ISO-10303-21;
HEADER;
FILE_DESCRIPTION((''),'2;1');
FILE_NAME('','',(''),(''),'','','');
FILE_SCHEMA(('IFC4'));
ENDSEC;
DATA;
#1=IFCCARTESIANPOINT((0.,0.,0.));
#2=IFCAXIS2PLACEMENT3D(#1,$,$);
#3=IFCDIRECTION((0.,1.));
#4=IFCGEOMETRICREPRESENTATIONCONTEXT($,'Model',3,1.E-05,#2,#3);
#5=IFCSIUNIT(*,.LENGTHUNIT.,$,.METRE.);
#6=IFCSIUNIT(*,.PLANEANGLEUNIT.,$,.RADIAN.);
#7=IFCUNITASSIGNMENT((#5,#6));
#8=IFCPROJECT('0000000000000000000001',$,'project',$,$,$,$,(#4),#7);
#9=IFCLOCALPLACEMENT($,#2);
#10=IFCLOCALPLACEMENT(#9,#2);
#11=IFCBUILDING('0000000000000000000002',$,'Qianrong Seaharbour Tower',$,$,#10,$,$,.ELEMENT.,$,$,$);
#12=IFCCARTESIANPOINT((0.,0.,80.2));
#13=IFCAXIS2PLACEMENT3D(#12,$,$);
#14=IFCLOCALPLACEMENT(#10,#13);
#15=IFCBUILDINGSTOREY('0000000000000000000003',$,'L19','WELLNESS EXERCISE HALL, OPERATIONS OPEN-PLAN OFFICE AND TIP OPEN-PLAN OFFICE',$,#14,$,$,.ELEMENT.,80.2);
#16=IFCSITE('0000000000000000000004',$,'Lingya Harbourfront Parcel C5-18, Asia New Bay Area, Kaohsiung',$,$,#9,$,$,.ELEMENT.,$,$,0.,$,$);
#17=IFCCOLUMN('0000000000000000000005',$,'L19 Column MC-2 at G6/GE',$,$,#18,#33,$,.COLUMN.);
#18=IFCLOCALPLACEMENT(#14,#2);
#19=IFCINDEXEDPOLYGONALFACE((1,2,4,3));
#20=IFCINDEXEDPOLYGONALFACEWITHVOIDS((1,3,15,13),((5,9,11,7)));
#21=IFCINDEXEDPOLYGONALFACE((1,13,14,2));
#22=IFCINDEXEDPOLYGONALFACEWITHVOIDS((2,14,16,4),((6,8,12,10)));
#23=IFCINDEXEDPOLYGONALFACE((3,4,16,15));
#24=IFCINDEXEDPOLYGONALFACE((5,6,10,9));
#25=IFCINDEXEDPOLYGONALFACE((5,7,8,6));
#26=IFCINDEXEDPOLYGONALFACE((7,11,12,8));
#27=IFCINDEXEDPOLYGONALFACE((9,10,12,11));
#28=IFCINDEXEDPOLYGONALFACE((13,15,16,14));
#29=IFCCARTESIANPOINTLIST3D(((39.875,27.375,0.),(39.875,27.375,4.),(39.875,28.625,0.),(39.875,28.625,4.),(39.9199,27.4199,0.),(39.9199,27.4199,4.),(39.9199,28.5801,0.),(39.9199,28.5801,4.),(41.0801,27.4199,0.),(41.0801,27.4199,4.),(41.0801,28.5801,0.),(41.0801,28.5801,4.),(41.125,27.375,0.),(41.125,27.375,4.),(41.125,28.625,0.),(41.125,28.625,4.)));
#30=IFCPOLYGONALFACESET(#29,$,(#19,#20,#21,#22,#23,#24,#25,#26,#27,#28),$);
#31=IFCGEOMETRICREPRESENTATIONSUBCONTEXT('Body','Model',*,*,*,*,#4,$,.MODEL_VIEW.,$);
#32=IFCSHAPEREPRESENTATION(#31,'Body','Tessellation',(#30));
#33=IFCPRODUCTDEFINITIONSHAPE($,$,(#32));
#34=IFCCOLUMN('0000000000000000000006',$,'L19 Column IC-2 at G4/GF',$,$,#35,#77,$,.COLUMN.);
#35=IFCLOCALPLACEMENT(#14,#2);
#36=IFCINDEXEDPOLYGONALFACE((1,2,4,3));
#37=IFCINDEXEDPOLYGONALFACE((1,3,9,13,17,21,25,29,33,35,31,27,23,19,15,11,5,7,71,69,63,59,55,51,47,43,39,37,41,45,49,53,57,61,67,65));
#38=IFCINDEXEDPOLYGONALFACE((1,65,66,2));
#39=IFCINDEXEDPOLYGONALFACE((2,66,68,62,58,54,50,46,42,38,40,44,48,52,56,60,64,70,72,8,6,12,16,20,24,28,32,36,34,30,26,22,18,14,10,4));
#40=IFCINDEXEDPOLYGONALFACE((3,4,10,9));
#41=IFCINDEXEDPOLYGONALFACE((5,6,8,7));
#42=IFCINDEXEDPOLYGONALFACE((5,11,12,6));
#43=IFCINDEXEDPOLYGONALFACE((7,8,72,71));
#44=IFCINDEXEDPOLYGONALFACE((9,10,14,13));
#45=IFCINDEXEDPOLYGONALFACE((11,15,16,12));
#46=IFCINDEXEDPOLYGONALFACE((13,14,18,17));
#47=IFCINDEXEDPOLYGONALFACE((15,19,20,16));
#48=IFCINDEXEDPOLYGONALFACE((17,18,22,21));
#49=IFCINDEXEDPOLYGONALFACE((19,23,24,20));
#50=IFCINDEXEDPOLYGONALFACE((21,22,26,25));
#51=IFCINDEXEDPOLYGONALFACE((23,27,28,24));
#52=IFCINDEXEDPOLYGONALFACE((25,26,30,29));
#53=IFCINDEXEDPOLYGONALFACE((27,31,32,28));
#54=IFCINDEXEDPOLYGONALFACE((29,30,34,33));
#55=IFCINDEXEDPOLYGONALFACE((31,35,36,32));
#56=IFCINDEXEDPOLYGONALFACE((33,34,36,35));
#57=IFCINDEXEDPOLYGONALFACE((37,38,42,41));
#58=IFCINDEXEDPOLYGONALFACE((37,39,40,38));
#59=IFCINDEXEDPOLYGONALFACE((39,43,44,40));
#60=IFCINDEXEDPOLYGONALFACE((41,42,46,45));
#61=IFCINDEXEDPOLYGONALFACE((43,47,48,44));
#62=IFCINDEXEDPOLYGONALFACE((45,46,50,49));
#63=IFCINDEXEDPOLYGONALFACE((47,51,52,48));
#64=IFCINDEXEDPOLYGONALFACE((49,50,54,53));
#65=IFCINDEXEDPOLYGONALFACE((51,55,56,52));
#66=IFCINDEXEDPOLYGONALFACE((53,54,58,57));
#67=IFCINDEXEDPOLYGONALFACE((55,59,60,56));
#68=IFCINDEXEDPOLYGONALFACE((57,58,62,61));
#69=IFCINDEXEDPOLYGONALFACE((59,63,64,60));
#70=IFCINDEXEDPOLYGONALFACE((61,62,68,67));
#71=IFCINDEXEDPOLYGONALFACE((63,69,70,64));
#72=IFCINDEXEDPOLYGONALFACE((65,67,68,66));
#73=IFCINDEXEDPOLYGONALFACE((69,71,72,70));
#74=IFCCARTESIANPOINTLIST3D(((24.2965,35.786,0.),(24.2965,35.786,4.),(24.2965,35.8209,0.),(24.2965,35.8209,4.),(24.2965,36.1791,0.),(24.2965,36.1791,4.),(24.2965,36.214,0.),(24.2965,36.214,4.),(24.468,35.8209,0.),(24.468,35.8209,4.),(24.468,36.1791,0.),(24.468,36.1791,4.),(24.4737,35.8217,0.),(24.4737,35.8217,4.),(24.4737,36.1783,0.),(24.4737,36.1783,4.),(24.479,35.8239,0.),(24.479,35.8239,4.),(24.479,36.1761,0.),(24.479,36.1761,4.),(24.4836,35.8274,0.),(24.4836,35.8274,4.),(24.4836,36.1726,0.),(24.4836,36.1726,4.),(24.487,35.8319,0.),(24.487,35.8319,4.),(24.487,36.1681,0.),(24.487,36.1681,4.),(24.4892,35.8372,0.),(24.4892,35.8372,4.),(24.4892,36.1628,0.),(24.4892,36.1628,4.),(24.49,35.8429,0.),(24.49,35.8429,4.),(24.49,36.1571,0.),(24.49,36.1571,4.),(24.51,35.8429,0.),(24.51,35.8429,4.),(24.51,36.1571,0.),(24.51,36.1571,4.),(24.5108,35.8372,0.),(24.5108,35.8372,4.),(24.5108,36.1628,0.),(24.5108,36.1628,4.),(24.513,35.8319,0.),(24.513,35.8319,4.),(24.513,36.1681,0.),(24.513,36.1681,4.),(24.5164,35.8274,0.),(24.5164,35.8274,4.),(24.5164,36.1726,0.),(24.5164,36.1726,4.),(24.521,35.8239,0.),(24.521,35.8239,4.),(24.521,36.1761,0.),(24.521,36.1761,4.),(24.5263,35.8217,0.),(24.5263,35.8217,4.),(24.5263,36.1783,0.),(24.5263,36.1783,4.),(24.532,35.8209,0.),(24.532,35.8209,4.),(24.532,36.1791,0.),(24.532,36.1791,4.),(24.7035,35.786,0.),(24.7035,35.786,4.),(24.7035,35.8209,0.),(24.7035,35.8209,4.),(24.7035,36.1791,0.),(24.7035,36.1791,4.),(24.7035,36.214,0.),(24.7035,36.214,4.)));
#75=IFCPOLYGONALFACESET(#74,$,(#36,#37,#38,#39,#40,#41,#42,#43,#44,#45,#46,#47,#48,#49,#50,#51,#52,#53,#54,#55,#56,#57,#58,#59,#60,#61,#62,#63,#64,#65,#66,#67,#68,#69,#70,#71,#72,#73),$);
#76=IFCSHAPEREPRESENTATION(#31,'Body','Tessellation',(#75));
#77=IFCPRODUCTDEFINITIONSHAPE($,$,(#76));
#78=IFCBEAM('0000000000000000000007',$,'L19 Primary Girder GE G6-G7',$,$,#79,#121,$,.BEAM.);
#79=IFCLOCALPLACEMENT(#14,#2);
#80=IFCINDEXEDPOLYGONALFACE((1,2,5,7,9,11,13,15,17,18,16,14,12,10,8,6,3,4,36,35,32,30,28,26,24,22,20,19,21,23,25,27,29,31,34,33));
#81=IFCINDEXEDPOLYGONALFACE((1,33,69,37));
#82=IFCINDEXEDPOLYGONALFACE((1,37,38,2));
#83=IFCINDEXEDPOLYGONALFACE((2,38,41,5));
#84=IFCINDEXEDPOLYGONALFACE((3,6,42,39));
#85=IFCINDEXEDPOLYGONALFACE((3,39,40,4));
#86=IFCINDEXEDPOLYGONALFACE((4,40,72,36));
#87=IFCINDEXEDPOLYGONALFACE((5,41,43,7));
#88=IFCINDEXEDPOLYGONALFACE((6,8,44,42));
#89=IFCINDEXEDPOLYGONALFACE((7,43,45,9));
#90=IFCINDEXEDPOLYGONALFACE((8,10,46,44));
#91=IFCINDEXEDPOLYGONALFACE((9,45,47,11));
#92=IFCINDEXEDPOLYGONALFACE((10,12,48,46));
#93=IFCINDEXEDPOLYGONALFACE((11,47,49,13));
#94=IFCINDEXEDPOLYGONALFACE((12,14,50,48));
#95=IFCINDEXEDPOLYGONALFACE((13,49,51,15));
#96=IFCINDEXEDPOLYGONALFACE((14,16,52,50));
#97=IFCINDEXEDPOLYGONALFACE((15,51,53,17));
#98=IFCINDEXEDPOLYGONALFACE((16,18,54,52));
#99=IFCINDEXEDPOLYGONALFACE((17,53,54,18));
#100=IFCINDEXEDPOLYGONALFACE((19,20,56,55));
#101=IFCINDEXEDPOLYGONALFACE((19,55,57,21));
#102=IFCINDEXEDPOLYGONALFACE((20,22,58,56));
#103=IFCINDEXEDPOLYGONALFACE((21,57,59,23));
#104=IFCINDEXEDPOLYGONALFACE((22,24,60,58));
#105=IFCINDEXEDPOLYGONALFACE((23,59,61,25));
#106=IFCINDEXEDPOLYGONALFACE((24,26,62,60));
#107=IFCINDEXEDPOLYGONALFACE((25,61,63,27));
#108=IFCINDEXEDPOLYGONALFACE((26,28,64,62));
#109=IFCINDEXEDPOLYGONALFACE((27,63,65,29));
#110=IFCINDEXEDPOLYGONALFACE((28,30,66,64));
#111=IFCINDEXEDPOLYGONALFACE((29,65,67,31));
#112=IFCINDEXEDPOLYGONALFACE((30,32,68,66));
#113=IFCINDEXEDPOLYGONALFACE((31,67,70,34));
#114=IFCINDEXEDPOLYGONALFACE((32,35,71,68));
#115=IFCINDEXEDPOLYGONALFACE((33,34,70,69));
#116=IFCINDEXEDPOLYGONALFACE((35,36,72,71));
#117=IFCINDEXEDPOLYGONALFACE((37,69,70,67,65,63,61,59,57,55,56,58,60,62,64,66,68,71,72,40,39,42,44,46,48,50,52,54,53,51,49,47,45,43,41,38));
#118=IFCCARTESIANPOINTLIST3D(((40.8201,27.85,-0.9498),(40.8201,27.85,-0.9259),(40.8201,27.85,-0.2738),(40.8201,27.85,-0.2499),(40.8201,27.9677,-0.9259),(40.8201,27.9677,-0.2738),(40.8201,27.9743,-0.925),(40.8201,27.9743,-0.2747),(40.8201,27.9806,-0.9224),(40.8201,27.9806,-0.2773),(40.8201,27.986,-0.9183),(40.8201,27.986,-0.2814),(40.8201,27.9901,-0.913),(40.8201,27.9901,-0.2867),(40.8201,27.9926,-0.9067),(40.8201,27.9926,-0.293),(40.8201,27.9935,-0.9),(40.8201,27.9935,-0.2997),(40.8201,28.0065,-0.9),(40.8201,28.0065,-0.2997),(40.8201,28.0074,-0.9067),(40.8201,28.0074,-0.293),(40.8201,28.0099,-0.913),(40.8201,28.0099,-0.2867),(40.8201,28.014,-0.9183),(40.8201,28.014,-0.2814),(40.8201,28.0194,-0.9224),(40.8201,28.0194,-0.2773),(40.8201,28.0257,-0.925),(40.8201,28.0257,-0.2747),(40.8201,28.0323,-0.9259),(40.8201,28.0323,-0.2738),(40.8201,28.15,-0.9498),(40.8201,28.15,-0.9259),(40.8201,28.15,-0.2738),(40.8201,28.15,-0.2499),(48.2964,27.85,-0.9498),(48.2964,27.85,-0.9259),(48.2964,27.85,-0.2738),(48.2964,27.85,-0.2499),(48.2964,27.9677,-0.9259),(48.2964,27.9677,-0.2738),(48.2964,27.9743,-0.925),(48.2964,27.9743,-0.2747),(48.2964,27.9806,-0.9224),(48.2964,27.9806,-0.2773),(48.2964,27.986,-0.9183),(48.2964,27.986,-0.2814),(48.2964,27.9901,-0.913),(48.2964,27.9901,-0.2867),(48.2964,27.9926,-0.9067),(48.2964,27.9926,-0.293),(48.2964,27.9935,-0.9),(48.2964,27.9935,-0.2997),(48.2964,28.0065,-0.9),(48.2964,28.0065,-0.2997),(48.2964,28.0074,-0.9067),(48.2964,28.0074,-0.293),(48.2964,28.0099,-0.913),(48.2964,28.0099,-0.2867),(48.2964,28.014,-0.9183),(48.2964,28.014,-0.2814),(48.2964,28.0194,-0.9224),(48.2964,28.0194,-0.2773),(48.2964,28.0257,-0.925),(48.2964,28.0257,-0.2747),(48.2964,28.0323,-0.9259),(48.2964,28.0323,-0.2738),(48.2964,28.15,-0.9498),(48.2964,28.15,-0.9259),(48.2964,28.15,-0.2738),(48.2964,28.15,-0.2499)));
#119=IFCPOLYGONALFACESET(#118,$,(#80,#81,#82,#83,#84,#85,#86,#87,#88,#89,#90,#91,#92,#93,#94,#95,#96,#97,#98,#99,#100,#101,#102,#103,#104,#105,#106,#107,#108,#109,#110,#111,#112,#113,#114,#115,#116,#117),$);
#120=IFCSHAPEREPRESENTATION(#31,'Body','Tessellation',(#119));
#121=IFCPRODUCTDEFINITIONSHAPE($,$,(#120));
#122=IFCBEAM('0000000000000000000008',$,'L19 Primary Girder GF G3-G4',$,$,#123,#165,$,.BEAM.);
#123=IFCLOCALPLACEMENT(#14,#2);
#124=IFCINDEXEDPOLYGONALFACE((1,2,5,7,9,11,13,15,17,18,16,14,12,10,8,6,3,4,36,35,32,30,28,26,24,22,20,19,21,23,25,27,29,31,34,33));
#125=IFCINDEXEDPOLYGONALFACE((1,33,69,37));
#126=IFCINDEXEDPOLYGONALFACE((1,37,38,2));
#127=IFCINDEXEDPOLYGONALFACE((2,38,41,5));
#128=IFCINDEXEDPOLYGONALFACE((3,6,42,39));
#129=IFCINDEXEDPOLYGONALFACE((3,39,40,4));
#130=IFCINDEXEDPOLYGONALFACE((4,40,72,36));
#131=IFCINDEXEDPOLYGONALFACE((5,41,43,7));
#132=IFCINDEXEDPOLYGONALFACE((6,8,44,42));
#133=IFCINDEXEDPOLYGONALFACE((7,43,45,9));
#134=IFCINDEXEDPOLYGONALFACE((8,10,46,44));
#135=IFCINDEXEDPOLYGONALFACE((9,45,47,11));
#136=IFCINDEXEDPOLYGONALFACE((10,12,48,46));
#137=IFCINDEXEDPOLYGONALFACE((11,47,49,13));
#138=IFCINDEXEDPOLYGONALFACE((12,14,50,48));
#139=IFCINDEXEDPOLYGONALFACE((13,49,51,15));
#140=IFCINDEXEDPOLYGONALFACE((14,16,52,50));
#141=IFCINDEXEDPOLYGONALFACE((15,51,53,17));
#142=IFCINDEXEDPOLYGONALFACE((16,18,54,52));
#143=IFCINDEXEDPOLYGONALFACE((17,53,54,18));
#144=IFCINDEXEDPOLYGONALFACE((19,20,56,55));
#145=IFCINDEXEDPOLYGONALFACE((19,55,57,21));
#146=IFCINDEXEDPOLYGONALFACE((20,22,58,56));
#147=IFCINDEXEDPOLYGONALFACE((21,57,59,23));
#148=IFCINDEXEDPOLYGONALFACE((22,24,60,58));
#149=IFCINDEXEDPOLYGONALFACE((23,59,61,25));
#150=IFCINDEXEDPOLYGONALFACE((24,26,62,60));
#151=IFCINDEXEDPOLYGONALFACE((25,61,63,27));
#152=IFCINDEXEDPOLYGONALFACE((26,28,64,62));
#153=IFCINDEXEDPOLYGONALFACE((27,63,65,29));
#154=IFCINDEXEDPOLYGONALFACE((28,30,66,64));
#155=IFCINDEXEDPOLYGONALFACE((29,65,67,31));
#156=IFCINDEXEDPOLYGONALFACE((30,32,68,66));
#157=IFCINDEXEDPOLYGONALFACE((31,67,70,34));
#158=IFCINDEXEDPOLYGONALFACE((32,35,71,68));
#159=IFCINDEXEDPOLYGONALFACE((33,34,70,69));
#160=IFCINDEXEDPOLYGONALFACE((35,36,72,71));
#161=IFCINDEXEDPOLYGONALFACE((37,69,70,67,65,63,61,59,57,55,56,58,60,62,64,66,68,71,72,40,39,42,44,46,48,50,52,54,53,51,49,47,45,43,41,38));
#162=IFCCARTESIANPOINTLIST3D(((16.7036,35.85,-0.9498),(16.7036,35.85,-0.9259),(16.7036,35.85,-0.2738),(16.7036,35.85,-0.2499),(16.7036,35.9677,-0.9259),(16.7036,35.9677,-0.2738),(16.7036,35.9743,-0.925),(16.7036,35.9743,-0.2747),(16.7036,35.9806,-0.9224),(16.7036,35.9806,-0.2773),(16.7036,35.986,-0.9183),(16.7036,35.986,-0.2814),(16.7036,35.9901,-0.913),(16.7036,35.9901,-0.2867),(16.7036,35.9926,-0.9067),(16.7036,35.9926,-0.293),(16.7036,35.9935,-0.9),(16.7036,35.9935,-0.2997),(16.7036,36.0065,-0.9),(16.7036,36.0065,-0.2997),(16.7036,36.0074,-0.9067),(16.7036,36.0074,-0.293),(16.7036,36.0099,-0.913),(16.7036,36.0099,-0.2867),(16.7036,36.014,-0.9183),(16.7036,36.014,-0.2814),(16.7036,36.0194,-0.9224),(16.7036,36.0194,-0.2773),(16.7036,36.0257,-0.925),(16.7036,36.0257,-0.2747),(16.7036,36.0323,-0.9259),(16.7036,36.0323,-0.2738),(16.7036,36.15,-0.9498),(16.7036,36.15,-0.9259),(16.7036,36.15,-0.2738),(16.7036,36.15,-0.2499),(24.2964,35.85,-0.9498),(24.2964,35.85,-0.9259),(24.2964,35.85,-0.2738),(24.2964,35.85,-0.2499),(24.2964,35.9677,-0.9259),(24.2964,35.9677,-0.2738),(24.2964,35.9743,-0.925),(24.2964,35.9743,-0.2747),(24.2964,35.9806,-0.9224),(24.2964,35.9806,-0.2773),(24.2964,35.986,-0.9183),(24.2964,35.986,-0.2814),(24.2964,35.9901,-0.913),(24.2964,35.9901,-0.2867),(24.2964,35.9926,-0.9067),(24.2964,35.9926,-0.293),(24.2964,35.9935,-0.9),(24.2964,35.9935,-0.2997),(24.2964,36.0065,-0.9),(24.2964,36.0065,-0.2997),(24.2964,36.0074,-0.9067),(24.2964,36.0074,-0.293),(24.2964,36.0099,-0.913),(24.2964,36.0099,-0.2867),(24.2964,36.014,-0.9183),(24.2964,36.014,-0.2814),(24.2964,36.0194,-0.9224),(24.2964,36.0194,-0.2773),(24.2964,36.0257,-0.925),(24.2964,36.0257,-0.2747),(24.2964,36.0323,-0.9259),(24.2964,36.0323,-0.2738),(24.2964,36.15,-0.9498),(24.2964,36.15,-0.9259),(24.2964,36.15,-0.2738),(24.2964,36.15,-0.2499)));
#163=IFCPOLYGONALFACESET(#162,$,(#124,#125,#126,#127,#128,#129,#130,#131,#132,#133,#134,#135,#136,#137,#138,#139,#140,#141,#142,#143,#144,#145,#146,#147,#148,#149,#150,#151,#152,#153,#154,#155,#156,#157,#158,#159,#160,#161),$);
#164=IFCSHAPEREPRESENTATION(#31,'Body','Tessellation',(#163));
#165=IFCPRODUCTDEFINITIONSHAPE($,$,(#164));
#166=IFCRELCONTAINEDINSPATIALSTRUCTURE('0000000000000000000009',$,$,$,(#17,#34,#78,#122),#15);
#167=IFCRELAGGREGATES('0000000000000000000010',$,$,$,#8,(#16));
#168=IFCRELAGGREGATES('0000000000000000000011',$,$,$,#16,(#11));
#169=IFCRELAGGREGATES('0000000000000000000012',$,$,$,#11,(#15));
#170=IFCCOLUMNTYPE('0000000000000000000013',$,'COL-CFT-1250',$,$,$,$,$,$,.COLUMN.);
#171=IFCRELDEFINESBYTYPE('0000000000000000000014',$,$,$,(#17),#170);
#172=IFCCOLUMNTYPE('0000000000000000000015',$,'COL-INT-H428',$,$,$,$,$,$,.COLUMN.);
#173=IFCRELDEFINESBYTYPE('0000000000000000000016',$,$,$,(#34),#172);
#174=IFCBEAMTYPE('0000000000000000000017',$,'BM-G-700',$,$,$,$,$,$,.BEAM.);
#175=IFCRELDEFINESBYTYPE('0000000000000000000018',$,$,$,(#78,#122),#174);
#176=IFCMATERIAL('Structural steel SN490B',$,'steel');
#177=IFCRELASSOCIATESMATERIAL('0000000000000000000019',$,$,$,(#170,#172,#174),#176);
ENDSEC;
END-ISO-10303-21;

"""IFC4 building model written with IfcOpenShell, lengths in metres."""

from ifc_helpers import new_model, si_unit, direction, frame, origin, origin_2d, place, context, subcontext, project, spatial, hollow_rectangle, i_section, extrude, material, material_profile, profile_set, type_object, element, save


model = new_model("IFC4")

# Units and contexts
model_context = context("Model", 3, precision=1e-05, world=origin(), true_north=direction((0.0, 1.0)))
body_context = subcontext(model_context, "Body", "Model", "MODEL_VIEW")
ifc_project = project(units=[si_unit("LENGTHUNIT", "METRE"), si_unit("PLANEANGLEUNIT", "RADIAN")], contexts=[model_context])

# Site, building, storey
site_placement = place(None, origin())
site = spatial("IfcSite", under=ifc_project, at=site_placement, Name="Lingya Harbourfront Parcel C5-18, Asia New Bay Area, Kaohsiung", CompositionType="ELEMENT", RefElevation=0.0)
building_placement = place(site_placement, origin())
building = spatial("IfcBuilding", under=site, at=building_placement, Name="Qianrong Seaharbour Tower", CompositionType="ELEMENT")
storey_placement = place(building_placement, frame((0.0, 0.0, 80.2)))
storey = spatial("IfcBuildingStorey", under=building, at=storey_placement, Name="L19", Description="WELLNESS EXERCISE HALL, OPERATIONS OPEN-PLAN OFFICE AND TIP OPEN-PLAN OFFICE", CompositionType="ELEMENT", Elevation=80.2)

# Columns
ifc_material_1 = material(Name="Structural steel SN490B", Category="steel")
ifc_material_profile_1 = material_profile(ifc_material_1, hollow_rectangle(XDim=1.25, YDim=1.25, WallThickness=0.0449, at=origin_2d()), Name="BOX1250x1250x45")
ifc_profile_set_1 = profile_set([ifc_material_profile_1], Name="Structural steel SN490B")
column_type_1 = type_object("IfcColumnType", Name="COL-CFT-1250", PredefinedType="COLUMN", material=ifc_profile_set_1)
column_1_placement = place(storey_placement, frame((40.5, 28.0, 0.0), z_axis=(0.0, 0.0, 1.0), x_axis=(1.0, 0.0, 0.0)))
element("IfcColumn", 1, at=column_1_placement, inside=storey, type_object=column_type_1, Name="L19 Column MC-2 at G6/GE", PredefinedType="COLUMN", context=body_context, shape_type="SweptSolid", body=[
    extrude(hollow_rectangle(XDim=1.25, YDim=1.25, WallThickness=0.0449, at=origin_2d()), origin(), (0.0, 0.0, 1.0), 4.0),
])
ifc_material_profile_2 = material_profile(ifc_material_1, i_section(OverallWidth=0.407, OverallDepth=0.428, WebThickness=0.02, FlangeThickness=0.0349, FilletRadius=0.022, at=origin_2d()), Name="H428x407x20x35")
ifc_profile_set_2 = profile_set([ifc_material_profile_2], Name="Structural steel SN490B")
column_type_2 = type_object("IfcColumnType", Name="COL-INT-H428", PredefinedType="COLUMN", material=ifc_profile_set_2)
column_2_placement = place(storey_placement, frame((24.5, 36.0, 0.0), z_axis=(0.0, 0.0, 1.0), x_axis=(1.0, 0.0, 0.0)))
element("IfcColumn", 2, at=column_2_placement, inside=storey, type_object=column_type_2, Name="L19 Column IC-2 at G4/GF", PredefinedType="COLUMN", context=body_context, shape_type="SweptSolid", body=[
    extrude(i_section(OverallWidth=0.407, OverallDepth=0.428, WebThickness=0.02, FlangeThickness=0.0349, FilletRadius=0.022, at=origin_2d()), origin(), (0.0, 0.0, 1.0), 4.0),
])

# Beams
ifc_material_profile_3 = material_profile(ifc_material_1, i_section(OverallWidth=0.3, OverallDepth=0.7, WebThickness=0.0129, FlangeThickness=0.0239, FilletRadius=0.0259, at=origin_2d()), Name="H700x300x13x24")
ifc_profile_set_3 = profile_set([ifc_material_profile_3], Name="Structural steel SN490B")
beam_type_1 = type_object("IfcBeamType", Name="BM-G-700", PredefinedType="BEAM", material=ifc_profile_set_3)
beam_1_placement = place(storey_placement, frame((40.8201, 28.0, -0.5999), z_axis=(1.0, 0.0, 0.0), x_axis=(0.0, 1.0, 0.0)))
element("IfcBeam", 3, at=beam_1_placement, inside=storey, type_object=beam_type_1, Name="L19 Primary Girder GE G6-G7", PredefinedType="BEAM", context=body_context, shape_type="SweptSolid", body=[
    extrude(i_section(OverallWidth=0.3, OverallDepth=0.7, WebThickness=0.0129, FlangeThickness=0.0239, FilletRadius=0.0259, at=origin_2d()), origin(), (0.0, 0.0, 1.0), 7.4763),
])
beam_2_placement = place(storey_placement, frame((16.7036, 36.0, -0.5999), z_axis=(1.0, 0.0, 0.0), x_axis=(0.0, 1.0, 0.0)))
element("IfcBeam", 4, at=beam_2_placement, inside=storey, type_object=beam_type_1, Name="L19 Primary Girder GF G3-G4", PredefinedType="BEAM", context=body_context, shape_type="SweptSolid", body=[
    extrude(i_section(OverallWidth=0.3, OverallDepth=0.7, WebThickness=0.0129, FlangeThickness=0.0239, FilletRadius=0.0259, at=origin_2d()), origin(), (0.0, 0.0, 1.0), 7.5928),
])

save(model, "model.ifc")
